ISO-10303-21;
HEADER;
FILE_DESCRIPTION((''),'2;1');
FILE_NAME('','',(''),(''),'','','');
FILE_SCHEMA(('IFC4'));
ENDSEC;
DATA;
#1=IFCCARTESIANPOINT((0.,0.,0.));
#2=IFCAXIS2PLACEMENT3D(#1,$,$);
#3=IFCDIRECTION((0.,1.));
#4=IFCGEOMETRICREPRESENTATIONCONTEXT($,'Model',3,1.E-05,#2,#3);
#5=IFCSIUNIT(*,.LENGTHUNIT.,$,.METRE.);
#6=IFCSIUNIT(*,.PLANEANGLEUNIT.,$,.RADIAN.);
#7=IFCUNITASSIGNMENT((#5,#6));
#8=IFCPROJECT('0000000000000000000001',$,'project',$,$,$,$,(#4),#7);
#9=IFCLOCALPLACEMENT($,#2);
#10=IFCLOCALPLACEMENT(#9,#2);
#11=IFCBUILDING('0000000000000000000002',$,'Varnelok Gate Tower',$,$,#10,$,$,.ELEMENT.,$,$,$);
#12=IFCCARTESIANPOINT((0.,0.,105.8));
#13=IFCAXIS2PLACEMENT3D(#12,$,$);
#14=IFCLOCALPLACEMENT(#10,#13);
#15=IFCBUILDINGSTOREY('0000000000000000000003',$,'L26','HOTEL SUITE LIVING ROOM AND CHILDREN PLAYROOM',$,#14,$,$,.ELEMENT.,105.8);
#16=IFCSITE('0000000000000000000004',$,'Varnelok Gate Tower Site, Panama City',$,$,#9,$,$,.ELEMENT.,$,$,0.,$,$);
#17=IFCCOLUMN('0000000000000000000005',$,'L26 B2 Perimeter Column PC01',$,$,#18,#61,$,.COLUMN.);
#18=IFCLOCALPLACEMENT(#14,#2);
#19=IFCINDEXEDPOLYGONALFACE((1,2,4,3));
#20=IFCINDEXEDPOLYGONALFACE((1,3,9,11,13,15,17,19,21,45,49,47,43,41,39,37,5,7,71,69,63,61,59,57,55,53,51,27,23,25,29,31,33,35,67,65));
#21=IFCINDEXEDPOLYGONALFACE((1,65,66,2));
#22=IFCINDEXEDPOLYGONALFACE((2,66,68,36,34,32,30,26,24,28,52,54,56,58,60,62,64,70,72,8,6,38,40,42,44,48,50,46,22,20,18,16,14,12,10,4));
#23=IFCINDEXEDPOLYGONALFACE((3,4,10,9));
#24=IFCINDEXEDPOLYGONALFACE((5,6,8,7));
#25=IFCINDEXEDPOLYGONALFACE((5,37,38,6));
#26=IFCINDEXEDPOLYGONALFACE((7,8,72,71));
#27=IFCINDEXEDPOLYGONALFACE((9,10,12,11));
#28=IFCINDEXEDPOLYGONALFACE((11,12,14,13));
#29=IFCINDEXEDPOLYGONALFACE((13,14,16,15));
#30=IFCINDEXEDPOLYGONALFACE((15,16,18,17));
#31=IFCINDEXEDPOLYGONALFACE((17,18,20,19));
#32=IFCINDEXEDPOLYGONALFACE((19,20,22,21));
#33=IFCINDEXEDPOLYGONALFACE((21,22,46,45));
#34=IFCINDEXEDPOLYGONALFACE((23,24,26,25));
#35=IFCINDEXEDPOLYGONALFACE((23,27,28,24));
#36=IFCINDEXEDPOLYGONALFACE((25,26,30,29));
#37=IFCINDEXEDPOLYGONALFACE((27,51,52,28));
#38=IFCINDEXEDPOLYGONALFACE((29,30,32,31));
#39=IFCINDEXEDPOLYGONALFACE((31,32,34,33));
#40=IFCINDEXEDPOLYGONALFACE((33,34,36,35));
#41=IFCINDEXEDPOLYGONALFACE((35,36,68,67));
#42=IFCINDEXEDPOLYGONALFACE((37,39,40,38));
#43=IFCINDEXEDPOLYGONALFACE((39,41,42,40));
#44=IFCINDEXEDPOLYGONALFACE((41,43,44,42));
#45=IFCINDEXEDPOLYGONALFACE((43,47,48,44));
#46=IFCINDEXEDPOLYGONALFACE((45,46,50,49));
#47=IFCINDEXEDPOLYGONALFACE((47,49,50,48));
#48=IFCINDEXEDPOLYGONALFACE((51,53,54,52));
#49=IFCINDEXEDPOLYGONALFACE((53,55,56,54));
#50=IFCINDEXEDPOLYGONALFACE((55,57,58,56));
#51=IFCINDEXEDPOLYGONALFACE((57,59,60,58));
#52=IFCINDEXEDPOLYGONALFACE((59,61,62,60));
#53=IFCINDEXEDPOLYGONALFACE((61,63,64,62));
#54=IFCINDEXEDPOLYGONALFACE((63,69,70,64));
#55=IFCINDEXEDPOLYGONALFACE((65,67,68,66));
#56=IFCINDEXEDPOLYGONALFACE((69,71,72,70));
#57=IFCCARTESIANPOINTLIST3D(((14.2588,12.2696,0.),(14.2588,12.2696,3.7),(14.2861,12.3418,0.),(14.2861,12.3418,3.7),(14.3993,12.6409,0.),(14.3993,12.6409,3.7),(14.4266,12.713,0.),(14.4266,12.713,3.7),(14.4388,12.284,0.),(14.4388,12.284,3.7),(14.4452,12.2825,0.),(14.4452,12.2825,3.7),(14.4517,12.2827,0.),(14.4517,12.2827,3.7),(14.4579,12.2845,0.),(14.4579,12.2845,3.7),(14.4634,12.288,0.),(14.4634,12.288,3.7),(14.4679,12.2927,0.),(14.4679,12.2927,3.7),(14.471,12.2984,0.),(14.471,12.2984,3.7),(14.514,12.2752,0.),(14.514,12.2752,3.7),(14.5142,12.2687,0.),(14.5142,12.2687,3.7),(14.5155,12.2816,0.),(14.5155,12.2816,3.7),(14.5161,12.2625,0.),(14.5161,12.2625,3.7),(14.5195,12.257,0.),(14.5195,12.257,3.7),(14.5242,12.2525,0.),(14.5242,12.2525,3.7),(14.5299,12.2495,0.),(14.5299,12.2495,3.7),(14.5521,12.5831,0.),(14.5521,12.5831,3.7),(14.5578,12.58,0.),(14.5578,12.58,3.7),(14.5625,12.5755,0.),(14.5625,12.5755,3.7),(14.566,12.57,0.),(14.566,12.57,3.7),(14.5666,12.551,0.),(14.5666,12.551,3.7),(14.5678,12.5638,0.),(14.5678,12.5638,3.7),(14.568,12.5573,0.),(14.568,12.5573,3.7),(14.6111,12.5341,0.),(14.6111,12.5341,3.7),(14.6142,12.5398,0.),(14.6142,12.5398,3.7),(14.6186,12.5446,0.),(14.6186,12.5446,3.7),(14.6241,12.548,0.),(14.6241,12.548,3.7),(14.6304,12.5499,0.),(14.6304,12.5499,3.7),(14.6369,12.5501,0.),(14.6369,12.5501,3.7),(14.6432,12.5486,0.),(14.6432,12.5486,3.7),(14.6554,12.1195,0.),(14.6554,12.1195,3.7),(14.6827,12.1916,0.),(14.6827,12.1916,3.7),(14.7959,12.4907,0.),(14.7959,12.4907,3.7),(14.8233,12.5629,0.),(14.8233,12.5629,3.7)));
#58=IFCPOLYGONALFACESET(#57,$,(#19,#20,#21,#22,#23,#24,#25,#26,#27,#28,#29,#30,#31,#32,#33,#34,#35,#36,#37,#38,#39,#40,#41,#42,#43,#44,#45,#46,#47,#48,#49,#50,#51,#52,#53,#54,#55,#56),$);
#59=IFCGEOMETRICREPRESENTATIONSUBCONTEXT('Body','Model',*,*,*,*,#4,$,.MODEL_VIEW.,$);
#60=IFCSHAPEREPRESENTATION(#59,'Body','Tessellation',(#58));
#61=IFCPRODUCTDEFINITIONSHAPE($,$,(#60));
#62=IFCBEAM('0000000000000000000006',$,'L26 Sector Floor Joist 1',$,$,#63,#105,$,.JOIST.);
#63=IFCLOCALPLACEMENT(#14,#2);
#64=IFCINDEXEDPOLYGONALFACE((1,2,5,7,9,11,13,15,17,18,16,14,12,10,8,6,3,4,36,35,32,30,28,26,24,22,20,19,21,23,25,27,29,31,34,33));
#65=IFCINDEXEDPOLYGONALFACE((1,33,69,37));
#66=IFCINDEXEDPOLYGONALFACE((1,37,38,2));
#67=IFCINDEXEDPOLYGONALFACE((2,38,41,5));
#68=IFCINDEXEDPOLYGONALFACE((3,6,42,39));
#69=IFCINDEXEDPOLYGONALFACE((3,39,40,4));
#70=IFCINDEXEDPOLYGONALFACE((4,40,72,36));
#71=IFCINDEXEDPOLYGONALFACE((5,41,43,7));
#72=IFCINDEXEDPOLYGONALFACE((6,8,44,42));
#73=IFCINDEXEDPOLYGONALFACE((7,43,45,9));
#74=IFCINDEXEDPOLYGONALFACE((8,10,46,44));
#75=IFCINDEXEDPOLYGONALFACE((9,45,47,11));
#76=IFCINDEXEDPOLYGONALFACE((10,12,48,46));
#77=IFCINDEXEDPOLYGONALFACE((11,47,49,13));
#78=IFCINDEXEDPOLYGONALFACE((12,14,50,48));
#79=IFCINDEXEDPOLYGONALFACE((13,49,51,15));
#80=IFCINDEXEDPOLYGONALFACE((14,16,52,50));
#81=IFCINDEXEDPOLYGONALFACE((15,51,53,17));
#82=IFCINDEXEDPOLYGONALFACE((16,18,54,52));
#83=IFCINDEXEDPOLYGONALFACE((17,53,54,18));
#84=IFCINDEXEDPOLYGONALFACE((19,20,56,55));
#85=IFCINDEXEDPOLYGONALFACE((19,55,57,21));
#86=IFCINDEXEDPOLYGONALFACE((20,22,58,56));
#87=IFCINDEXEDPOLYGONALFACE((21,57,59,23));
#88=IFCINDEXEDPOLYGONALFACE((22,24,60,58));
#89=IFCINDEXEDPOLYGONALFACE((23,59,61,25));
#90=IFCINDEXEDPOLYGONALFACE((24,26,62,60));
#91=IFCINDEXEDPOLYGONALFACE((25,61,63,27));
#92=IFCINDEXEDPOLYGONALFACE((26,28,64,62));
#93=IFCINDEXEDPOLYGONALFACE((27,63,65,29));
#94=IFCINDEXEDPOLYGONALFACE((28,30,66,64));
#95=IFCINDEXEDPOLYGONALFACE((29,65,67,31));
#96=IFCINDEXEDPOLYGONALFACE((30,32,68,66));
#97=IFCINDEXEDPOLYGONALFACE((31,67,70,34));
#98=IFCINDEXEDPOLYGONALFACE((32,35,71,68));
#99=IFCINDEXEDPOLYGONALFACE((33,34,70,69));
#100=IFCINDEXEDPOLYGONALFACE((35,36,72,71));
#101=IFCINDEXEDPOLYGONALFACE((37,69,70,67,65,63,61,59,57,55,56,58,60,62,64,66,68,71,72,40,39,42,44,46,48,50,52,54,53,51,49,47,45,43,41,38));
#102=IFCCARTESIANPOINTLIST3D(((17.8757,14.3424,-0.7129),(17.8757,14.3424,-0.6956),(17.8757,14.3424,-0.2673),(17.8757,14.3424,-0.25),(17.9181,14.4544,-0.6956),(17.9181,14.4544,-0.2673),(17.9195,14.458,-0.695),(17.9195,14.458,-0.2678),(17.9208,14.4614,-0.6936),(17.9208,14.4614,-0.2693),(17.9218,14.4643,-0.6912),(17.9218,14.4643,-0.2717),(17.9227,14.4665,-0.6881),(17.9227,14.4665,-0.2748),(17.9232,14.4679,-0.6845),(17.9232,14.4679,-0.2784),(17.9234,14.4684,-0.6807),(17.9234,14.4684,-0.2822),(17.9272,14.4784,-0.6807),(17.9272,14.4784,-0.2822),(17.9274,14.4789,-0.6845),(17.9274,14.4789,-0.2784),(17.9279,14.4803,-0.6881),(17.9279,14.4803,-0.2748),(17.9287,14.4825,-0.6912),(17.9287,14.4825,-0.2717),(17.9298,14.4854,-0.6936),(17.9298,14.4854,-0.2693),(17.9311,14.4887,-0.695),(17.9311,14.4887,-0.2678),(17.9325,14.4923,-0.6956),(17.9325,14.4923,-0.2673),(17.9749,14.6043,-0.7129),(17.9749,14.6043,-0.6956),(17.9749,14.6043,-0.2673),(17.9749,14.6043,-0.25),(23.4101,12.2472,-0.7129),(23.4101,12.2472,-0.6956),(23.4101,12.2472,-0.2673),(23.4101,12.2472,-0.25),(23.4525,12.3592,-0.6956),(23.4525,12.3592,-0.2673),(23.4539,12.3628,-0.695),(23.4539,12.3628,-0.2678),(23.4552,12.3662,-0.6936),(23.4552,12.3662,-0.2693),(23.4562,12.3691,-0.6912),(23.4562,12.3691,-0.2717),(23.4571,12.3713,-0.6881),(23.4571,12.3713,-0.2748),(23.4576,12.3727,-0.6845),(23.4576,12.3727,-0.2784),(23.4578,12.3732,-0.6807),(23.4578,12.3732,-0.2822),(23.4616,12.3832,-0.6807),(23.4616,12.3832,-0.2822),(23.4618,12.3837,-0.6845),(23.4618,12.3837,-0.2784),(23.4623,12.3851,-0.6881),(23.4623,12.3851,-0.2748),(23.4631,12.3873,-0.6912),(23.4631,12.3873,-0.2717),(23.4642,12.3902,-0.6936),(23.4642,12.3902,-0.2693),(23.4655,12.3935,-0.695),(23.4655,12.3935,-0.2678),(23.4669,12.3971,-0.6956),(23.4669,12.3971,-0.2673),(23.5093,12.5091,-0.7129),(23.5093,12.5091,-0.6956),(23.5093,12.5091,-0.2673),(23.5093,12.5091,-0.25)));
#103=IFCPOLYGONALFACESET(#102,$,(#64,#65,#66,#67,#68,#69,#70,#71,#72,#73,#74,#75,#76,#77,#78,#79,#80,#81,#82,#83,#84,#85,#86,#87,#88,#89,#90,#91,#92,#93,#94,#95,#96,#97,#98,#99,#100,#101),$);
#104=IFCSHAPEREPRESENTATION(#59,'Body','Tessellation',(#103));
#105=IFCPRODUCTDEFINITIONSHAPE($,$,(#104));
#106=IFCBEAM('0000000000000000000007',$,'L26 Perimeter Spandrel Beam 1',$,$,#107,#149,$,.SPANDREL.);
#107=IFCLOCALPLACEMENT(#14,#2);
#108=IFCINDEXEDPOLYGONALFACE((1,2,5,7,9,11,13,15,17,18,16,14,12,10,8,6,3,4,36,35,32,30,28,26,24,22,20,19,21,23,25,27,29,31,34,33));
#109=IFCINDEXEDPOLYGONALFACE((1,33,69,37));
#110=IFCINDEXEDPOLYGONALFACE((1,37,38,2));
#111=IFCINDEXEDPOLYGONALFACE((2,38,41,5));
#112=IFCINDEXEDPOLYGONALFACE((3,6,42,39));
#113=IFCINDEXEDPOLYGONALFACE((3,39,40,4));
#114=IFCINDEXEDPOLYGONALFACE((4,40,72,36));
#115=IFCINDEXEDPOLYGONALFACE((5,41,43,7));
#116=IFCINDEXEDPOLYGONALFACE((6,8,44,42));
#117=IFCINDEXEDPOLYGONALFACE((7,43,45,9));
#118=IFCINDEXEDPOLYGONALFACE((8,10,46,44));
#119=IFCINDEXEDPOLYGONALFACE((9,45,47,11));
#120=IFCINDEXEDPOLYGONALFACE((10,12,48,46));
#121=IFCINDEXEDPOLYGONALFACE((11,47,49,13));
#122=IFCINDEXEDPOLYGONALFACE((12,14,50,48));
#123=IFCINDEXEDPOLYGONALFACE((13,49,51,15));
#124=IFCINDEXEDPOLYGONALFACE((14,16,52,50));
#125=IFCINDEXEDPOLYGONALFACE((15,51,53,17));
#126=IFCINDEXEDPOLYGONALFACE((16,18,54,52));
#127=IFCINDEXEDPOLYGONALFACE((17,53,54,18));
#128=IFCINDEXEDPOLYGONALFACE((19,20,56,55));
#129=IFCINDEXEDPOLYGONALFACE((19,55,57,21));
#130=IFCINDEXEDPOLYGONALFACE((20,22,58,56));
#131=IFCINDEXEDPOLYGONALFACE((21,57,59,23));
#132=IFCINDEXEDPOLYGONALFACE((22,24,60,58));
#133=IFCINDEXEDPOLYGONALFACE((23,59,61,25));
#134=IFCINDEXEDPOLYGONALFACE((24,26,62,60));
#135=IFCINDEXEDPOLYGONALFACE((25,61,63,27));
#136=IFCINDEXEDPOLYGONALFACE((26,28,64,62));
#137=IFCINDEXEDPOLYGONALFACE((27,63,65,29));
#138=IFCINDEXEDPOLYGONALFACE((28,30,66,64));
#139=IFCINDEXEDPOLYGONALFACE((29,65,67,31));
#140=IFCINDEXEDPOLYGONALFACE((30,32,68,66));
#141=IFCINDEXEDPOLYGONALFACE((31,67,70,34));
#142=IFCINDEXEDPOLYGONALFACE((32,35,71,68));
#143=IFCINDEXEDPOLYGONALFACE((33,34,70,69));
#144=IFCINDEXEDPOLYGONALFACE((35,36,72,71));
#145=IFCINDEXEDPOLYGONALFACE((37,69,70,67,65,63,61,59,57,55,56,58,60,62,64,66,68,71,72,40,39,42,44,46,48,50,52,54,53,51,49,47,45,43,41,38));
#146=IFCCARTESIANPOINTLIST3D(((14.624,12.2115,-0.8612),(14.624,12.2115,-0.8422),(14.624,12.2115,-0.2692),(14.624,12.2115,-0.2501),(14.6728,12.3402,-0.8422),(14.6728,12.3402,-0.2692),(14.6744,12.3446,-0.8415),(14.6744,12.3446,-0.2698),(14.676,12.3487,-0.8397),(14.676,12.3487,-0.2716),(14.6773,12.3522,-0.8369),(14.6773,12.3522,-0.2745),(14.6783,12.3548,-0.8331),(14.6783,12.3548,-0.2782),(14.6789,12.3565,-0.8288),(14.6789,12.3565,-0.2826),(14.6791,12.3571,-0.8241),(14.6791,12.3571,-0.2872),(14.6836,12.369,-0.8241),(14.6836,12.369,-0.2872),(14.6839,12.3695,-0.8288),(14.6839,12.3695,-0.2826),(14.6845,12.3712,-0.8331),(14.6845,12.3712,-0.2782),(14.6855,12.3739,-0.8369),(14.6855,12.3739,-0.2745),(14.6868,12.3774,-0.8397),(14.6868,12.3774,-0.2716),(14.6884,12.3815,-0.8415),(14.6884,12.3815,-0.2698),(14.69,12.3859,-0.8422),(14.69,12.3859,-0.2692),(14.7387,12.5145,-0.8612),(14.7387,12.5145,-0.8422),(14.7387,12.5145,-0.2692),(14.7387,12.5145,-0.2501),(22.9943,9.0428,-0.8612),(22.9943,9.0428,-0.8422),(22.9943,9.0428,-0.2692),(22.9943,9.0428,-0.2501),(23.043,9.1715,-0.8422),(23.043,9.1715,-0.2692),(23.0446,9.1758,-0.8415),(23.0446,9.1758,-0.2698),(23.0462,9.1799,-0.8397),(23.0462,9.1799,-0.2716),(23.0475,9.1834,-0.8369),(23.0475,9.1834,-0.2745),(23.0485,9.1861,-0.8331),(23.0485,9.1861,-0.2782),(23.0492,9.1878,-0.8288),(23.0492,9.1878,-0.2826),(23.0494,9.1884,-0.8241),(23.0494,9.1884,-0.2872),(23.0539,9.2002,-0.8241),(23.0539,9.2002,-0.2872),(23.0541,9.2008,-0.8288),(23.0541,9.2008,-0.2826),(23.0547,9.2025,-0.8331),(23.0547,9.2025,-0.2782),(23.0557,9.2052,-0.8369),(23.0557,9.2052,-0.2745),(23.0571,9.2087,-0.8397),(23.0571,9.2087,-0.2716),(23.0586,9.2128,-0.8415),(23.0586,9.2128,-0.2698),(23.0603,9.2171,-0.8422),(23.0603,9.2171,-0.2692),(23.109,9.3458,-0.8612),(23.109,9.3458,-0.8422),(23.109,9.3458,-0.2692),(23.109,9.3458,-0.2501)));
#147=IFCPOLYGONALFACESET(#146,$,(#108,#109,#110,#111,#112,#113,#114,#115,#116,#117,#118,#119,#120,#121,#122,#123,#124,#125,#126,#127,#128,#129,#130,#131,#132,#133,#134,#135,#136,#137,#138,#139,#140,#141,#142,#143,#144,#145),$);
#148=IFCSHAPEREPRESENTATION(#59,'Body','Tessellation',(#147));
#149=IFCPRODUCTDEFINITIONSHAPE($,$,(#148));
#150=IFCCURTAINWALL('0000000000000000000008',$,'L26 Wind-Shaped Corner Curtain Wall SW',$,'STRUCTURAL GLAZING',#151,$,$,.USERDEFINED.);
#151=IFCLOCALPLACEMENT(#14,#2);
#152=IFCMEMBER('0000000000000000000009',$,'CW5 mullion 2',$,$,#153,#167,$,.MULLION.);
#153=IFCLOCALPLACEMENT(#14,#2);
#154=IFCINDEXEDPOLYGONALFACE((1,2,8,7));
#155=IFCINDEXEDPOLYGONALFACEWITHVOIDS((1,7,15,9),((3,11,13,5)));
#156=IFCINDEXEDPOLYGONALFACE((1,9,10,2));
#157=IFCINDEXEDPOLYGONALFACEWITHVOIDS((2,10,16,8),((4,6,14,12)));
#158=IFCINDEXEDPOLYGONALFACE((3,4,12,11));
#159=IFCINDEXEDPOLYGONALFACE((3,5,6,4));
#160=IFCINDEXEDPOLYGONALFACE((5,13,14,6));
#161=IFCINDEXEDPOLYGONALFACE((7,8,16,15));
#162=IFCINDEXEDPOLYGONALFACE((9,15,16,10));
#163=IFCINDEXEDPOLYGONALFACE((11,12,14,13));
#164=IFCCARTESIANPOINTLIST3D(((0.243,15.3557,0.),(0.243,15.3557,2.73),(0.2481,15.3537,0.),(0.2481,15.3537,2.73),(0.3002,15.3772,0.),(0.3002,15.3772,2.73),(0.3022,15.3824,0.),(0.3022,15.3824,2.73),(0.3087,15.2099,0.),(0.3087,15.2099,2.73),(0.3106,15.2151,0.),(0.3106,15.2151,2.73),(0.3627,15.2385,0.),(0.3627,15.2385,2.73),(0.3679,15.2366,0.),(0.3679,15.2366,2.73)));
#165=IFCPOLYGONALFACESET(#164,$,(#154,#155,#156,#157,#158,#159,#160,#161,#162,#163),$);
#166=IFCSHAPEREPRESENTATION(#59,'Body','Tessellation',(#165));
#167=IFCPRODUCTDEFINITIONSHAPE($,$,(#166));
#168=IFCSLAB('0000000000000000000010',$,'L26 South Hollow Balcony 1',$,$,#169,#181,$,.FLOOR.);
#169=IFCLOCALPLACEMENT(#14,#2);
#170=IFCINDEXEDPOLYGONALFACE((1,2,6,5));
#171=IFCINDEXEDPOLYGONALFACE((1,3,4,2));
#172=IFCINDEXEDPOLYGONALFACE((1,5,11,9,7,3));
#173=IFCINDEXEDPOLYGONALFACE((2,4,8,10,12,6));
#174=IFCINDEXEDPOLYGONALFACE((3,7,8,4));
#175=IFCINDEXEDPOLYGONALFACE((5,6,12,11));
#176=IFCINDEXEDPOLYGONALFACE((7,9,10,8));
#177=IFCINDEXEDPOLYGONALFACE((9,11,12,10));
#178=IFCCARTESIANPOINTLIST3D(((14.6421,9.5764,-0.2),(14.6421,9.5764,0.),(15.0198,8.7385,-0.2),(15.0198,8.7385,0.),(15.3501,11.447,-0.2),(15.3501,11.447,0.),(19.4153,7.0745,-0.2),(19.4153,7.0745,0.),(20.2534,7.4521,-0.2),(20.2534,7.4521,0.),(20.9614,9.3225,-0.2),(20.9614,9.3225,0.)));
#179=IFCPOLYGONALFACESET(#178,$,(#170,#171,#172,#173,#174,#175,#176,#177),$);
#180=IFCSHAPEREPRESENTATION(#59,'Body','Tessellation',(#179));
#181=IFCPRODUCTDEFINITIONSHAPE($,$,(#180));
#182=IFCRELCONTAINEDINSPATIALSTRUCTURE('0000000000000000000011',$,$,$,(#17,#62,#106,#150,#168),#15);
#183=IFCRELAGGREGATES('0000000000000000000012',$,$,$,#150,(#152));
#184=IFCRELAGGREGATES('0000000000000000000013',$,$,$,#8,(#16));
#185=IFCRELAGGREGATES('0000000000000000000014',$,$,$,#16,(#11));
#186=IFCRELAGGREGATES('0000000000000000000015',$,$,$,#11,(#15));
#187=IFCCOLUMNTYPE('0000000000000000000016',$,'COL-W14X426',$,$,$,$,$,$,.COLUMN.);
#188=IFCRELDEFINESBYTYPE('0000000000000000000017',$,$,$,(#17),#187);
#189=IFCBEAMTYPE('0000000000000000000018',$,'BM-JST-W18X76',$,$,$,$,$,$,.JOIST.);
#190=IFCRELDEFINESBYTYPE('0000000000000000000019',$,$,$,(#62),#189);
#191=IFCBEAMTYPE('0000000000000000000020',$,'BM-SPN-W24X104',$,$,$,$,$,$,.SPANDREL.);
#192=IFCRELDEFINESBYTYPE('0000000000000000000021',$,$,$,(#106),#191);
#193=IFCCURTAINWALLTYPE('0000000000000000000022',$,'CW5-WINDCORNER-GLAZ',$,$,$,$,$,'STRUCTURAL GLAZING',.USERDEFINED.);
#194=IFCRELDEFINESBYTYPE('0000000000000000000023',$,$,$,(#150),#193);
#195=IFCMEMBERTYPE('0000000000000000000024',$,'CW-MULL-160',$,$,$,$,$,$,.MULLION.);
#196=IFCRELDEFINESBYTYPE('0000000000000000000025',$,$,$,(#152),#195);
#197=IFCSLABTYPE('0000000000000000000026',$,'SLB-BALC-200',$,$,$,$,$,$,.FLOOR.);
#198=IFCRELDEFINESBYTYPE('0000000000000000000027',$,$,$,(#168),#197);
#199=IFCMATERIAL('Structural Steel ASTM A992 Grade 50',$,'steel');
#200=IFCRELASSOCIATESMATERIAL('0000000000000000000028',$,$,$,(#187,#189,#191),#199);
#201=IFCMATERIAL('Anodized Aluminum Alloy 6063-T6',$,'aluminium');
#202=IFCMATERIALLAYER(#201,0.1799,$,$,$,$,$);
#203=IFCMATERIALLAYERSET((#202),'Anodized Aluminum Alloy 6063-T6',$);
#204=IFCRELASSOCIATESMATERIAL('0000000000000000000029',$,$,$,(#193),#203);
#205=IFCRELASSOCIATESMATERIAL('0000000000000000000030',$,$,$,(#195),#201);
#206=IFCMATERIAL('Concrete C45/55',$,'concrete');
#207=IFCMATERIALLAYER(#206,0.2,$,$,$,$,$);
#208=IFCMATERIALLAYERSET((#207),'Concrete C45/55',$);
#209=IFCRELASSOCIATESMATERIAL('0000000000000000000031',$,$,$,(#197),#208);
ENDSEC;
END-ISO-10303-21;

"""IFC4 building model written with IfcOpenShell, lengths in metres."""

from ifc_helpers import new_model, si_unit, direction, frame, origin, origin_2d, place, context, subcontext, project, spatial, polyline, hollow_rectangle, i_section, outline, extrude, material, layer, layer_set, material_profile, profile_set, type_object, element, aggregate, save


model = new_model("IFC4")

# Units and contexts
model_context = context("Model", 3, precision=1e-05, world=origin(), true_north=direction((0.0, 1.0)))
body_context = subcontext(model_context, "Body", "Model", "MODEL_VIEW")
ifc_project = project(units=[si_unit("LENGTHUNIT", "METRE"), si_unit("PLANEANGLEUNIT", "RADIAN")], contexts=[model_context])

# Site, building, storey
site_placement = place(None, origin())
site = spatial("IfcSite", under=ifc_project, at=site_placement, Name="Varnelok Gate Tower Site, Panama City", CompositionType="ELEMENT", RefElevation=0.0)
building_placement = place(site_placement, origin())
building = spatial("IfcBuilding", under=site, at=building_placement, Name="Varnelok Gate Tower", CompositionType="ELEMENT")
storey_placement = place(building_placement, frame((0.0, 0.0, 105.8)))
storey = spatial("IfcBuildingStorey", under=building, at=storey_placement, Name="L26", Description="HOTEL SUITE LIVING ROOM AND CHILDREN PLAYROOM", CompositionType="ELEMENT", Elevation=105.8)

# Column
ifc_material_1 = material(Name="Structural Steel ASTM A992 Grade 50", Category="steel")
ifc_material_profile_1 = material_profile(ifc_material_1, i_section(OverallWidth=0.4241, OverallDepth=0.4741, WebThickness=0.0476, FlangeThickness=0.0771, FilletRadius=0.0249, at=origin_2d()), Name="W14X426")
ifc_profile_set_1 = profile_set([ifc_material_profile_1], Name="Structural Steel ASTM A992 Grade 50")
column_type = type_object("IfcColumnType", Name="COL-W14X426", PredefinedType="COLUMN", material=ifc_profile_set_1)
column_placement = place(storey_placement, frame((14.541, 12.4163, 0.0), z_axis=(0.0, 0.0, 1.0), x_axis=(0.935222, -0.354063, 0.0)))
element("IfcColumn", 1, at=column_placement, inside=storey, type_object=column_type, Name="L26 B2 Perimeter Column PC01", PredefinedType="COLUMN", context=body_context, shape_type="SweptSolid", body=[
    extrude(i_section(OverallWidth=0.4241, OverallDepth=0.4741, WebThickness=0.0476, FlangeThickness=0.0771, FilletRadius=0.0249, at=origin_2d()), origin(), (0.0, 0.0, 1.0), 3.7),
])

# Beams
ifc_material_profile_2 = material_profile(ifc_material_1, i_section(OverallWidth=0.28, OverallDepth=0.4629, WebThickness=0.0107, FlangeThickness=0.0173, FilletRadius=0.0149, at=origin_2d()), Name="W18X76")
ifc_profile_set_2 = profile_set([ifc_material_profile_2], Name="Structural Steel ASTM A992 Grade 50")
beam_type_1 = type_object("IfcBeamType", Name="BM-JST-W18X76", PredefinedType="JOIST", material=ifc_profile_set_2)
beam_1_placement = place(storey_placement, frame((17.9253, 14.4734, -0.4814), z_axis=(0.935224, -0.354056, 0.0), x_axis=(0.354056, 0.935224, 0.0)))
element("IfcBeam", 2, at=beam_1_placement, inside=storey, type_object=beam_type_1, Name="L26 Sector Floor Joist 1", PredefinedType="JOIST", context=body_context, shape_type="SweptSolid", body=[
    extrude(i_section(OverallWidth=0.28, OverallDepth=0.4629, WebThickness=0.0107, FlangeThickness=0.0173, FilletRadius=0.0149, at=origin_2d()), origin(), (0.0, 0.0, 1.0), 5.9177),
])
ifc_material_profile_3 = material_profile(ifc_material_1, i_section(OverallWidth=0.324, OverallDepth=0.6111, WebThickness=0.0127, FlangeThickness=0.019, FilletRadius=0.0181, at=origin_2d()), Name="W24X104")
ifc_profile_set_3 = profile_set([ifc_material_profile_3], Name="Structural Steel ASTM A992 Grade 50")
beam_type_2 = type_object("IfcBeamType", Name="BM-SPN-W24X104", PredefinedType="SPANDREL", material=ifc_profile_set_3)
beam_2_placement = place(storey_placement, frame((14.6814, 12.363, -0.5557), z_axis=(0.935226, -0.354051, 0.0), x_axis=(0.354051, 0.935226, 0.0)))
element("IfcBeam", 3, at=beam_2_placement, inside=storey, type_object=beam_type_2, Name="L26 Perimeter Spandrel Beam 1", PredefinedType="SPANDREL", context=body_context, shape_type="SweptSolid", body=[
    extrude(i_section(OverallWidth=0.324, OverallDepth=0.6111, WebThickness=0.0127, FlangeThickness=0.019, FilletRadius=0.0181, at=origin_2d()), origin(), (0.0, 0.0, 1.0), 8.95),
])

# Curtain wall, member
ifc_material_2 = material(Name="Anodized Aluminum Alloy 6063-T6", Category="aluminium")
ifc_layer_1 = layer(ifc_material_2, 0.1799)
ifc_layer_set_1 = layer_set([ifc_layer_1], Name="Anodized Aluminum Alloy 6063-T6")
curtain_wall_type = type_object("IfcCurtainWallType", Name="CW5-WINDCORNER-GLAZ", ElementType="STRUCTURAL GLAZING", PredefinedType="USERDEFINED", material=ifc_layer_set_1)
curtain_wall_placement = place(storey_placement, origin())
curtain_wall = element("IfcCurtainWall", 4, at=curtain_wall_placement, inside=storey, type_object=curtain_wall_type, Name="L26 Wind-Shaped Corner Curtain Wall SW", ObjectType="STRUCTURAL GLAZING", PredefinedType="USERDEFINED")
ifc_material_profile_4 = material_profile(ifc_material_2, hollow_rectangle(XDim=0.0649, YDim=0.1599, WallThickness=0.0039, at=origin_2d()), Name="ALU160X65X4")
ifc_profile_set_4 = profile_set([ifc_material_profile_4], Name="Anodized Aluminum Alloy 6063-T6")
member_type = type_object("IfcMemberType", Name="CW-MULL-160", PredefinedType="MULLION", material=ifc_profile_set_4)
member_placement = place(storey_placement, frame((0.3054, 15.2961, 0.0), z_axis=(0.0, 0.0, 1.0), x_axis=(0.911664, 0.410937, 0.0)))
member = element("IfcMember", 5, at=member_placement, type_object=member_type, Name="CW5 mullion 2", PredefinedType="MULLION", context=body_context, shape_type="SweptSolid", body=[
    extrude(hollow_rectangle(XDim=0.0649, YDim=0.1599, WallThickness=0.0039, at=origin_2d()), origin(), (0.0, 0.0, 1.0), 2.73),
])
aggregate(curtain_wall, [member])

# Slab
ifc_material_3 = material(Name="Concrete C45/55", Category="concrete")
ifc_layer_2 = layer(ifc_material_3, 0.2)
ifc_layer_set_2 = layer_set([ifc_layer_2], Name="Concrete C45/55")
slab_type_1 = type_object("IfcSlabType", Name="SLB-BALC-200", PredefinedType="FLOOR", material=ifc_layer_set_2)
slab_1_placement = place(storey_placement, frame((0.0, 0.0, -0.2)))
element("IfcSlab", 6, at=slab_1_placement, inside=storey, type_object=slab_type_1, Name="L26 South Hollow Balcony 1", PredefinedType="FLOOR", context=body_context, shape_type="SweptSolid", body=[
    extrude(outline(polyline([(14.6421, 9.5764), (15.0198, 8.7385), (19.4153, 7.0745), (20.2534, 7.4521), (20.9614, 9.3225), (15.3501, 11.447), (14.6421, 9.5764)])), origin(), (0.0, 0.0, 1.0), 0.2),
])

save(model, "model.ifc")
